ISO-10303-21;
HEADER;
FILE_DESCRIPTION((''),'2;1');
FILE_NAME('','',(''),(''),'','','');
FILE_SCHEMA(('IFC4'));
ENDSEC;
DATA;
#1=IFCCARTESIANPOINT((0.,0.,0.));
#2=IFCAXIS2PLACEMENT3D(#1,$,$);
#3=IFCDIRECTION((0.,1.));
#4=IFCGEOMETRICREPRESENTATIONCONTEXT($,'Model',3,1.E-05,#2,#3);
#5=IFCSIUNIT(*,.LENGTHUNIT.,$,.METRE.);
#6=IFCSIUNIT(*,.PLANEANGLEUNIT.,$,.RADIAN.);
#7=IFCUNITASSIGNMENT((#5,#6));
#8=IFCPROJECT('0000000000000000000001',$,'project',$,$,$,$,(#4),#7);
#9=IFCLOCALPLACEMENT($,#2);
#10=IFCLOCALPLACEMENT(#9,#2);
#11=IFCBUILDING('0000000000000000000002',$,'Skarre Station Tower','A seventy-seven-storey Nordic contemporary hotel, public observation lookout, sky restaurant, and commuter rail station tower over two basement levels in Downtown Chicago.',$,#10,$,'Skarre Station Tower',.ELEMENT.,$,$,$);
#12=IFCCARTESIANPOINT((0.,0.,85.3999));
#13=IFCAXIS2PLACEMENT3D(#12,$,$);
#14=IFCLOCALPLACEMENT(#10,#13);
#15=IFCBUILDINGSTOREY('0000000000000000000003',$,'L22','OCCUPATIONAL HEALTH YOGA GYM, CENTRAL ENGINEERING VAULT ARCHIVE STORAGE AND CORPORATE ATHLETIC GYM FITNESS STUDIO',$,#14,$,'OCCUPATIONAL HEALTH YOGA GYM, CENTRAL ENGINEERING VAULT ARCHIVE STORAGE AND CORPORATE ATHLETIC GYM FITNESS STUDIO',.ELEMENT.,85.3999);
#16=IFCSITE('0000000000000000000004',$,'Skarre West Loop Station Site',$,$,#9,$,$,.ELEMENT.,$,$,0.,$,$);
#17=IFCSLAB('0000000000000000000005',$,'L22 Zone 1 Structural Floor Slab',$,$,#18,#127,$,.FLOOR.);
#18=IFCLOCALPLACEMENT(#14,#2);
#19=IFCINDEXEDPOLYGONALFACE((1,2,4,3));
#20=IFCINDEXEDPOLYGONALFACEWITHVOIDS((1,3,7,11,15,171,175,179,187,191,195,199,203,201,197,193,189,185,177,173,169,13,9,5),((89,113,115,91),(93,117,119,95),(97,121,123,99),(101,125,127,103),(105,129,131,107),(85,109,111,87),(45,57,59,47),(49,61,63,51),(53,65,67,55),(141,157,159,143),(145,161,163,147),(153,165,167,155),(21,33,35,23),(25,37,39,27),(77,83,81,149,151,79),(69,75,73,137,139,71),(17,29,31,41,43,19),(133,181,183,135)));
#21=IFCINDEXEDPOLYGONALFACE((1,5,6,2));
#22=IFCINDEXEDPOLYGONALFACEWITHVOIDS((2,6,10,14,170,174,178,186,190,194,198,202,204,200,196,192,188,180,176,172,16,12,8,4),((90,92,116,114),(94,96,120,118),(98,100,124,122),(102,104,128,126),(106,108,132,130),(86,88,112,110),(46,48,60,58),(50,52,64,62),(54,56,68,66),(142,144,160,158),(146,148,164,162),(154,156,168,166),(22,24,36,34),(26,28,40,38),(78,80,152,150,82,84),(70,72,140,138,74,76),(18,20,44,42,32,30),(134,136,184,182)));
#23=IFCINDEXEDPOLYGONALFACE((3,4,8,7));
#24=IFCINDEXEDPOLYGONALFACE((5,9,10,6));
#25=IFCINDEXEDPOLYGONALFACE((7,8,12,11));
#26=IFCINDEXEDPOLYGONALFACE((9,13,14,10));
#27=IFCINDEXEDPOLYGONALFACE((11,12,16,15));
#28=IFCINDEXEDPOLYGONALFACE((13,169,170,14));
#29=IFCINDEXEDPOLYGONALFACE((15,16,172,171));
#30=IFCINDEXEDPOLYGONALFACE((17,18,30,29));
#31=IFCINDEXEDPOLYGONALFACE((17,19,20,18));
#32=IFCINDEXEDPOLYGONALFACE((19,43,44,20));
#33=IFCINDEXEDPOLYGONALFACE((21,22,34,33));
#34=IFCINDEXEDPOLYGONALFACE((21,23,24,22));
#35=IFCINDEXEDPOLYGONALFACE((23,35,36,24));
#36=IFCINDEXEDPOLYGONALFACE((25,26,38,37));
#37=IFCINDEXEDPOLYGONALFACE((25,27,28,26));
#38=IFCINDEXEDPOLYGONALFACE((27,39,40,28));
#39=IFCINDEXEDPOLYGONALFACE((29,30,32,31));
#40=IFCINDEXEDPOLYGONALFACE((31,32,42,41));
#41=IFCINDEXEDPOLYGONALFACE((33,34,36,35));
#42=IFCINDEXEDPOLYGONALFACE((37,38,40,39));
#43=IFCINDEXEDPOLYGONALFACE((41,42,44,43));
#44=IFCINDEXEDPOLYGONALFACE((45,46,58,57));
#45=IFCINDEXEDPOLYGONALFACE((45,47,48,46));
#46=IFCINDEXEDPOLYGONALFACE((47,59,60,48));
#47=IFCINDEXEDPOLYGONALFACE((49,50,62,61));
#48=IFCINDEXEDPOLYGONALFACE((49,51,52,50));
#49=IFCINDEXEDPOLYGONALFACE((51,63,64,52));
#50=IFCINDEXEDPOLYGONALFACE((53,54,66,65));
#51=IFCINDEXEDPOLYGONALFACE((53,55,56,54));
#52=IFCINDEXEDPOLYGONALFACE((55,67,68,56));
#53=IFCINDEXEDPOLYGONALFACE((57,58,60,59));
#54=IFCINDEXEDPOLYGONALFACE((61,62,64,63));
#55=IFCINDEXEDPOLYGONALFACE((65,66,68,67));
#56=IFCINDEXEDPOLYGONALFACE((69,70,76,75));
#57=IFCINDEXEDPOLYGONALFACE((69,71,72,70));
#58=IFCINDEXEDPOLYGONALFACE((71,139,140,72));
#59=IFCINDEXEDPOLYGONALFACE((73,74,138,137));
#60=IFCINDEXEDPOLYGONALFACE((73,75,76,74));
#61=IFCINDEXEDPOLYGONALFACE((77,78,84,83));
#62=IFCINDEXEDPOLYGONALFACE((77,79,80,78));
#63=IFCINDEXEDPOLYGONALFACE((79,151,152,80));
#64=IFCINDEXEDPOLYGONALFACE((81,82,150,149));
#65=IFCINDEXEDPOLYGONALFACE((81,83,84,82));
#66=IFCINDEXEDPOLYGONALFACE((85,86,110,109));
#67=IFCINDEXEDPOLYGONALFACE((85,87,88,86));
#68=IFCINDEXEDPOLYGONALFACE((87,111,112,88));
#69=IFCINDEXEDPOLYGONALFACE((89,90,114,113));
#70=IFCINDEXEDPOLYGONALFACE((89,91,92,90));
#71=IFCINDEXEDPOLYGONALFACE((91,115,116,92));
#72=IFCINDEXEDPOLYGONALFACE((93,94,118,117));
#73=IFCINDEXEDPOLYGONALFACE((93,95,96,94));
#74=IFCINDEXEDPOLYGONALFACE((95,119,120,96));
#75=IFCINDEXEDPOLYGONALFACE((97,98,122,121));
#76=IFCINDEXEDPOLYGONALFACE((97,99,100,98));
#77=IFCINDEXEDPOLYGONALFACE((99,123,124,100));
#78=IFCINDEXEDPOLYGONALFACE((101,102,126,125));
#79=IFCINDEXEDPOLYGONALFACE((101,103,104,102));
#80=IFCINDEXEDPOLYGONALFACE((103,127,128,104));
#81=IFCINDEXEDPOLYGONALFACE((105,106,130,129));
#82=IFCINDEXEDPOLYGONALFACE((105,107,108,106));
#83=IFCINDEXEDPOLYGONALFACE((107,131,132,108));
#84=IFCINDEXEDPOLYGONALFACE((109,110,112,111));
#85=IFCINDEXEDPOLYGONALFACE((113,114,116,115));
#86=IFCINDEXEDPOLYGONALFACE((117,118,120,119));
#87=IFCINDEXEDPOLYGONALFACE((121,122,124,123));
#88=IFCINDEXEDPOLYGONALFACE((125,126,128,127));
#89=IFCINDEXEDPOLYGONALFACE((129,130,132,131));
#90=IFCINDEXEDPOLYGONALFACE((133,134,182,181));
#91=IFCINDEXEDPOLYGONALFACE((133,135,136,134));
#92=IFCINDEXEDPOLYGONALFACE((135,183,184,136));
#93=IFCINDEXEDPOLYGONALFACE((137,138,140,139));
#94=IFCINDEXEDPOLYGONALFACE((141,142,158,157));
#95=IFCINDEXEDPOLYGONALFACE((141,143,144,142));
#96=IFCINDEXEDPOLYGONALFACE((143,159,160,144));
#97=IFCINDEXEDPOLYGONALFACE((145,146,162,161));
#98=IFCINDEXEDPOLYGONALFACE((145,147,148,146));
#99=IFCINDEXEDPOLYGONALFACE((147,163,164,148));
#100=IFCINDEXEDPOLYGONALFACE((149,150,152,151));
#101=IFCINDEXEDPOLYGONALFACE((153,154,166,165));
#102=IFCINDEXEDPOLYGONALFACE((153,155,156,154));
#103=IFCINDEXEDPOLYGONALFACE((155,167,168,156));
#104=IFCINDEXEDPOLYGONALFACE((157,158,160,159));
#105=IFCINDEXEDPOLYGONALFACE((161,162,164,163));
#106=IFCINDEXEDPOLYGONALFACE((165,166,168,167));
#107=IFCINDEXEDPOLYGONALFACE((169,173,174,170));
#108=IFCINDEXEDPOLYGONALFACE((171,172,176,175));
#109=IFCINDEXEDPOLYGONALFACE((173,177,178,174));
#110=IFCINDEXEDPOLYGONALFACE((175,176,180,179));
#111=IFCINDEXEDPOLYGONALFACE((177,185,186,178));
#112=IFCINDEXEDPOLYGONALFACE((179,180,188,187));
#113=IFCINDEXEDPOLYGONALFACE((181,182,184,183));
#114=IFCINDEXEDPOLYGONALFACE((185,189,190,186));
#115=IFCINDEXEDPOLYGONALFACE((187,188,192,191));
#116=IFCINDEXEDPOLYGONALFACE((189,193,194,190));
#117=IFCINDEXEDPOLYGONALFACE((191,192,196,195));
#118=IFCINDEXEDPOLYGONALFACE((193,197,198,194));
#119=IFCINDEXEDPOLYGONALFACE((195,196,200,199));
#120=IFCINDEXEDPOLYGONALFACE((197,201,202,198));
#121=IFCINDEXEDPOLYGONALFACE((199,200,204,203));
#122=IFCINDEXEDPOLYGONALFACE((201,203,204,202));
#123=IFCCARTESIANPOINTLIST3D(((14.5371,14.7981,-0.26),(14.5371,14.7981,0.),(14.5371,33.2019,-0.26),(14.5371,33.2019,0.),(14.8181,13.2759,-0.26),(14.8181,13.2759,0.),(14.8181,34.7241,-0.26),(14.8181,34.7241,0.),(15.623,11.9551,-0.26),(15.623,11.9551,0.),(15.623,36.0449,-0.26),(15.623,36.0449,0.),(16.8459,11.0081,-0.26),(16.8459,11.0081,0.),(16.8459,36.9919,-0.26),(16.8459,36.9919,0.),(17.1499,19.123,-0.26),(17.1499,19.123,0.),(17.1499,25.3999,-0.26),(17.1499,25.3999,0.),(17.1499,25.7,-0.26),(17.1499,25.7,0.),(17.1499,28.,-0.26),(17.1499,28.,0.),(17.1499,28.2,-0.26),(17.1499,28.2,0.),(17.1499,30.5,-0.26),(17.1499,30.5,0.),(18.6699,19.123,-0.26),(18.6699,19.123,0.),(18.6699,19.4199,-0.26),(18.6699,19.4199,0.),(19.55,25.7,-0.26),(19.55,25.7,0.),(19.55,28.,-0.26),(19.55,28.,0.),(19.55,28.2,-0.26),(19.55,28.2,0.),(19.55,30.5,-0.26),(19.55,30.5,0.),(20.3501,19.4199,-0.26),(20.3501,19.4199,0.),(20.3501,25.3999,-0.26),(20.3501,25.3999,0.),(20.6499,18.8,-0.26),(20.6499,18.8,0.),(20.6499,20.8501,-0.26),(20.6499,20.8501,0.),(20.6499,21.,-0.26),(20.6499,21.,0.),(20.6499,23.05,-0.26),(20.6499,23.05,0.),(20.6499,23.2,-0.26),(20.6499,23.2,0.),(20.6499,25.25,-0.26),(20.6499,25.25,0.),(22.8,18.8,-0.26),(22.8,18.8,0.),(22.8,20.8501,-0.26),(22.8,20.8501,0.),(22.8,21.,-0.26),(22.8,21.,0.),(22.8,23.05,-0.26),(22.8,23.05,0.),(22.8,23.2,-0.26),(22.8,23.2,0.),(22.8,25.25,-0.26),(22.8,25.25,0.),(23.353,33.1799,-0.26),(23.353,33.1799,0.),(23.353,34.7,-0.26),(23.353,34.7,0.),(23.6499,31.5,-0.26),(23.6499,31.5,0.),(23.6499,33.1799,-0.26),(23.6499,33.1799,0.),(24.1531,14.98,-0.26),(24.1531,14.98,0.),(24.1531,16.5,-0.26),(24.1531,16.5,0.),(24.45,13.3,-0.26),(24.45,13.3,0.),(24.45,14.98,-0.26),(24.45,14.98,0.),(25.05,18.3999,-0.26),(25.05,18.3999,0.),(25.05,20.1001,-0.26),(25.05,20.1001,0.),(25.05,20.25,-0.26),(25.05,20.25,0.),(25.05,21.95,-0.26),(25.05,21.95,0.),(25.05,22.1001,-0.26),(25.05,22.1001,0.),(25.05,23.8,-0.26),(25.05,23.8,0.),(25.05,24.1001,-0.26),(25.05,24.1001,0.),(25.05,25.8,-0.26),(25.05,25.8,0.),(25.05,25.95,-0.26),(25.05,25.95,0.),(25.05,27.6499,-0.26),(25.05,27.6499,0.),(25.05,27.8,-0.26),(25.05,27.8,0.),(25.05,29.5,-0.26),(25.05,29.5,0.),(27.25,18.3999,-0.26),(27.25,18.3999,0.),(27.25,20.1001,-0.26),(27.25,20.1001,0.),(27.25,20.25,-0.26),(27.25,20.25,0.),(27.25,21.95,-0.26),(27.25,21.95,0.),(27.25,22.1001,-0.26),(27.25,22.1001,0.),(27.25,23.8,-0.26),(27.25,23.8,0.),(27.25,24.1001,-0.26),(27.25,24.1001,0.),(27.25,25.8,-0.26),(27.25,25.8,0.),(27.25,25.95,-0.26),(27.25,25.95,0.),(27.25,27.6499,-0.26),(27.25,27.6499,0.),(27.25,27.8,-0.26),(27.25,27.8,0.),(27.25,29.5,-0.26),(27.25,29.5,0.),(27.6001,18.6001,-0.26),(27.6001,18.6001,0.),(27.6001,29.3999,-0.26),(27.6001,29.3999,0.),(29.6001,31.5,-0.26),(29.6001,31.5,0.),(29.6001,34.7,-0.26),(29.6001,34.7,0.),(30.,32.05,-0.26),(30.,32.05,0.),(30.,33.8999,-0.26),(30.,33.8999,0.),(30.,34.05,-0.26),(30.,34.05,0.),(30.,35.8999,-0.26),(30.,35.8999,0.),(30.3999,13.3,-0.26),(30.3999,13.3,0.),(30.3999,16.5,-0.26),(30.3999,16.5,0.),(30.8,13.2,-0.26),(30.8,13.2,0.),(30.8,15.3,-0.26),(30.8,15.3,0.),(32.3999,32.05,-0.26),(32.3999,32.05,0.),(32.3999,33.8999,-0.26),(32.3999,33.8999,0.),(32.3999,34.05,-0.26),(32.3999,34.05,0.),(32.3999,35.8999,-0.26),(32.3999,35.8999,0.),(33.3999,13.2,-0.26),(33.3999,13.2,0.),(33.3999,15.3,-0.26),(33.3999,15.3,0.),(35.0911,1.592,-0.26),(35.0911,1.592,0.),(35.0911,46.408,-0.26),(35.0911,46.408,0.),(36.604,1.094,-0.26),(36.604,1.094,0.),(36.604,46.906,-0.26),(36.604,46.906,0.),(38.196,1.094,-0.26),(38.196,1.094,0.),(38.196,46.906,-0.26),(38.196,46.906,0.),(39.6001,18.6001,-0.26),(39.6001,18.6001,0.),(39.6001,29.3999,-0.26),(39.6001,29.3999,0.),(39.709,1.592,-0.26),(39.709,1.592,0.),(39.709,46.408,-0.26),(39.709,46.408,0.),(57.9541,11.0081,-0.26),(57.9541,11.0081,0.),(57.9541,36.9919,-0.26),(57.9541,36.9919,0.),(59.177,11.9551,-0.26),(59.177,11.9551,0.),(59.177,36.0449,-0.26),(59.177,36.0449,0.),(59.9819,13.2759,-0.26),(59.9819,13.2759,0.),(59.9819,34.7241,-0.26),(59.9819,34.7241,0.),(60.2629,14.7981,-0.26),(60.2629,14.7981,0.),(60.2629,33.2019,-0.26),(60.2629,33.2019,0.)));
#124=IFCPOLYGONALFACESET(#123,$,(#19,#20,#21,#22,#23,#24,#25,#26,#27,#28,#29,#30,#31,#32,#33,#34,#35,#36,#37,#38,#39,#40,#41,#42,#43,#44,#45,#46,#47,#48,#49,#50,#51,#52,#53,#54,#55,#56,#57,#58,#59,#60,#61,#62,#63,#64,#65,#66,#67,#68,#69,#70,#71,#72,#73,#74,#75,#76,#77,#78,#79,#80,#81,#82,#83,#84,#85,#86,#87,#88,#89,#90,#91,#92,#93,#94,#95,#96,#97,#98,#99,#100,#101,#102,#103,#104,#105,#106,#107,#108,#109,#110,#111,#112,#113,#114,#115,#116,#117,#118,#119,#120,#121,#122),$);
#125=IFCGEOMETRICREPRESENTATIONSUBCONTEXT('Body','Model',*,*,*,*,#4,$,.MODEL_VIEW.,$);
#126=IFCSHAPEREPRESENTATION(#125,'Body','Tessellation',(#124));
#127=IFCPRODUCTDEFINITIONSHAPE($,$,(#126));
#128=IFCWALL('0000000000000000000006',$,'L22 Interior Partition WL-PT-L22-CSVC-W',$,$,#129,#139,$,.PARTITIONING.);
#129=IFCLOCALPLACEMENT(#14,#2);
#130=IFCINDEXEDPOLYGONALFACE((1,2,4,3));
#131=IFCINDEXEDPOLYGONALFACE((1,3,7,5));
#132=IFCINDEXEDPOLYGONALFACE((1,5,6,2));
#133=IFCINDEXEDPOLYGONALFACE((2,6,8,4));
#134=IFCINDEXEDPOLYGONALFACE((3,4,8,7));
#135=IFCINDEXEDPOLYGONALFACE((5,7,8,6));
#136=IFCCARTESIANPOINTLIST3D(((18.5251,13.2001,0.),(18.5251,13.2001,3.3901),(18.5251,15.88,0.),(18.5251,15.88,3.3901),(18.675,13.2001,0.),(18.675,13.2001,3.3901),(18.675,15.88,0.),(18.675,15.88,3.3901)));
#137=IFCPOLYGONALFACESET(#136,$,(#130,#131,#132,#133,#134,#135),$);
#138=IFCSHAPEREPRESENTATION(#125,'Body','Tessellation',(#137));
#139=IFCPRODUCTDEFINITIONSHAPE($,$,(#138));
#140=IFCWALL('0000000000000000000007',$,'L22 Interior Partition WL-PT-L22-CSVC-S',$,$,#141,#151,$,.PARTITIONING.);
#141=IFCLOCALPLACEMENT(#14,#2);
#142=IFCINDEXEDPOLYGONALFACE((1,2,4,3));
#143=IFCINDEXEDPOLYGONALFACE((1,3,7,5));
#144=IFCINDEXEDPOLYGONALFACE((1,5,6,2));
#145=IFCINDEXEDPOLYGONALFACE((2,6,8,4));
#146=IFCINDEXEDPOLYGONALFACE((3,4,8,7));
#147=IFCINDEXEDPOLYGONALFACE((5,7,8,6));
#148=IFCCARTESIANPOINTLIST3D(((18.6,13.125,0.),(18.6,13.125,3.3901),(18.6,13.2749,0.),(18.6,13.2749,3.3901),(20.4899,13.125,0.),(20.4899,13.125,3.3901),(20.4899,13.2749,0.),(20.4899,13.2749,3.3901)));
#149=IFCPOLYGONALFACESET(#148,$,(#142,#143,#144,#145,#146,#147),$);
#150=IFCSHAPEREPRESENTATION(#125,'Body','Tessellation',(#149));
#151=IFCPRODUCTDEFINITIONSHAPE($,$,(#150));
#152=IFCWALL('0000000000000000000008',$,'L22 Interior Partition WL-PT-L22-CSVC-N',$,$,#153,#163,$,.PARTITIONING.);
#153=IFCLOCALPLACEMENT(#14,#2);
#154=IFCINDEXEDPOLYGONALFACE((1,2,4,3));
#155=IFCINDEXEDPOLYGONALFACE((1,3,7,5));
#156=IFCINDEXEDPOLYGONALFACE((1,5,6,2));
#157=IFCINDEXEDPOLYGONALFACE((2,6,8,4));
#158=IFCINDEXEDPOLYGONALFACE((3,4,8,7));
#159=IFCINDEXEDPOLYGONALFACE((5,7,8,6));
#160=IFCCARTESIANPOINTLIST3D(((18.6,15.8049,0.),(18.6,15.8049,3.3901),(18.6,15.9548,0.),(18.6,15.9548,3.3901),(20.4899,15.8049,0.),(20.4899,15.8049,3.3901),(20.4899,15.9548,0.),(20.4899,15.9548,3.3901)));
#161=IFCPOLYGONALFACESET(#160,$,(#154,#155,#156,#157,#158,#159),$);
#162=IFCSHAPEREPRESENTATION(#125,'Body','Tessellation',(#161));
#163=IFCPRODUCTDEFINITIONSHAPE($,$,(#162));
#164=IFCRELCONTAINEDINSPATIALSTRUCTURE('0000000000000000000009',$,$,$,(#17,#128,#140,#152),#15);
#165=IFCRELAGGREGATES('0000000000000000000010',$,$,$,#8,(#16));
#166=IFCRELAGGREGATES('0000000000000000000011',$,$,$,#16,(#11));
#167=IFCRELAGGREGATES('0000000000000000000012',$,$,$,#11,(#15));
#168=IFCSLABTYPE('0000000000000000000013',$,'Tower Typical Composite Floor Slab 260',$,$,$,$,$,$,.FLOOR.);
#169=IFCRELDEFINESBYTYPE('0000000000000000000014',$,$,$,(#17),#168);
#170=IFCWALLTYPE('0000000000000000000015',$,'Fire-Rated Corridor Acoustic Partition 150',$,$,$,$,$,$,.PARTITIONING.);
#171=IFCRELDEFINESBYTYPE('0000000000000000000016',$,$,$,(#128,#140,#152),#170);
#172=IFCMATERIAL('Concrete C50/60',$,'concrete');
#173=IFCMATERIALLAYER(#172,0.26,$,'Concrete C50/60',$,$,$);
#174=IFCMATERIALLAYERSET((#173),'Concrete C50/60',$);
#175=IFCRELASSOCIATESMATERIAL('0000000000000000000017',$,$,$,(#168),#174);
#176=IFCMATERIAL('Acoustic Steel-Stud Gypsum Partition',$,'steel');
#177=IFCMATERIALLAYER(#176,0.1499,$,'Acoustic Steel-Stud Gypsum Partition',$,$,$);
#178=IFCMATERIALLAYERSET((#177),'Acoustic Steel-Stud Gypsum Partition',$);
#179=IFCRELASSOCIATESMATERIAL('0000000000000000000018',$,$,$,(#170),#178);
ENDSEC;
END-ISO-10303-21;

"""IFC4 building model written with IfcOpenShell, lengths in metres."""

from ifc_helpers import new_model, si_unit, direction, frame, frame_2d, origin, place, context, subcontext, project, spatial, polyline, rectangle, outline, extrude, material, layer, layer_set, type_object, element, save


model = new_model("IFC4")

# Units and contexts
model_context = context("Model", 3, precision=1e-05, world=origin(), true_north=direction((0.0, 1.0)))
body_context = subcontext(model_context, "Body", "Model", "MODEL_VIEW")
ifc_project = project(units=[si_unit("LENGTHUNIT", "METRE"), si_unit("PLANEANGLEUNIT", "RADIAN")], contexts=[model_context])

# Site, building, storey
site_placement = place(None, origin())
site = spatial("IfcSite", under=ifc_project, at=site_placement, Name="Skarre West Loop Station Site", CompositionType="ELEMENT", RefElevation=0.0)
building_placement = place(site_placement, origin())
building = spatial("IfcBuilding", under=site, at=building_placement, Name="Skarre Station Tower", Description="A seventy-seven-storey Nordic contemporary hotel, public observation lookout, sky restaurant, and commuter rail station tower over two basement levels in Downtown Chicago.", LongName="Skarre Station Tower", CompositionType="ELEMENT")
storey_placement = place(building_placement, frame((0.0, 0.0, 85.3999)))
storey = spatial("IfcBuildingStorey", under=building, at=storey_placement, Name="L22", Description="OCCUPATIONAL HEALTH YOGA GYM, CENTRAL ENGINEERING VAULT ARCHIVE STORAGE AND CORPORATE ATHLETIC GYM FITNESS STUDIO", LongName="OCCUPATIONAL HEALTH YOGA GYM, CENTRAL ENGINEERING VAULT ARCHIVE STORAGE AND CORPORATE ATHLETIC GYM FITNESS STUDIO", CompositionType="ELEMENT", Elevation=85.3999)

# Slab
ifc_material_1 = material(Name="Concrete C50/60", Category="concrete")
ifc_layer_1 = layer(ifc_material_1, 0.26, Name="Concrete C50/60")
ifc_layer_set_1 = layer_set([ifc_layer_1], Name="Concrete C50/60")
slab_type_1 = type_object("IfcSlabType", Name="Tower Typical Composite Floor Slab 260", PredefinedType="FLOOR", material=ifc_layer_set_1)
slab_1_placement = place(storey_placement, frame((0.0, 0.0, -0.26)))
element("IfcSlab", 1, at=slab_1_placement, inside=storey, type_object=slab_type_1, Name="L22 Zone 1 Structural Floor Slab", PredefinedType="FLOOR", context=body_context, shape_type="SweptSolid", body=[
    extrude(outline(polyline([(60.2629, 33.2019), (59.9819, 34.7241), (59.177, 36.0449), (57.9541, 36.9919), (39.709, 46.408), (38.196, 46.906), (36.604, 46.906), (35.0911, 46.408), (16.8459, 36.9919), (15.623, 36.0449), (14.8181, 34.7241), (14.5371, 33.2019), (14.5371, 14.7981), (14.8181, 13.2759), (15.623, 11.9551), (16.8459, 11.0081), (35.0911, 1.592), (36.604, 1.094), (38.196, 1.094), (39.709, 1.592), (57.9541, 11.0081), (59.177, 11.9551), (59.9819, 13.2759), (60.2629, 14.7981), (60.2629, 33.2019)]), holes=[polyline([(18.6699, 19.4199), (18.6699, 19.123), (17.1499, 19.123), (17.1499, 25.3999), (20.3501, 25.3999), (20.3501, 19.4199), (18.6699, 19.4199)]), polyline([(24.45, 14.98), (24.1531, 14.98), (24.1531, 16.5), (30.3999, 16.5), (30.3999, 13.3), (24.45, 13.3), (24.45, 14.98)]), polyline([(23.6499, 33.1799), (23.353, 33.1799), (23.353, 34.7), (29.6001, 34.7), (29.6001, 31.5), (23.6499, 31.5), (23.6499, 33.1799)]), polyline([(17.1499, 28.0), (19.55, 28.0), (19.55, 25.7), (17.1499, 25.7), (17.1499, 28.0)]), polyline([(17.1499, 30.5), (19.55, 30.5), (19.55, 28.2), (17.1499, 28.2), (17.1499, 30.5)]), polyline([(30.8, 15.3), (33.3999, 15.3), (33.3999, 13.2), (30.8, 13.2), (30.8, 15.3)]), polyline([(25.05, 20.1001), (27.25, 20.1001), (27.25, 18.3999), (25.05, 18.3999), (25.05, 20.1001)]), polyline([(25.05, 21.95), (27.25, 21.95), (27.25, 20.25), (25.05, 20.25), (25.05, 21.95)]), polyline([(25.05, 23.8), (27.25, 23.8), (27.25, 22.1001), (25.05, 22.1001), (25.05, 23.8)]), polyline([(25.05, 25.8), (27.25, 25.8), (27.25, 24.1001), (25.05, 24.1001), (25.05, 25.8)]), polyline([(25.05, 27.6499), (27.25, 27.6499), (27.25, 25.95), (25.05, 25.95), (25.05, 27.6499)]), polyline([(25.05, 29.5), (27.25, 29.5), (27.25, 27.8), (25.05, 27.8), (25.05, 29.5)]), polyline([(20.6499, 20.8501), (22.8, 20.8501), (22.8, 18.8), (20.6499, 18.8), (20.6499, 20.8501)]), polyline([(20.6499, 23.05), (22.8, 23.05), (22.8, 21.0), (20.6499, 21.0), (20.6499, 23.05)]), polyline([(20.6499, 25.25), (22.8, 25.25), (22.8, 23.2), (20.6499, 23.2), (20.6499, 25.25)]), polyline([(30.0, 33.8999), (32.3999, 33.8999), (32.3999, 32.05), (30.0, 32.05), (30.0, 33.8999)]), polyline([(30.0, 35.8999), (32.3999, 35.8999), (32.3999, 34.05), (30.0, 34.05), (30.0, 35.8999)]), polyline([(27.6001, 29.3999), (39.6001, 29.3999), (39.6001, 18.6001), (27.6001, 18.6001), (27.6001, 29.3999)])]), origin(), (0.0, 0.0, 1.0), 0.26),
])

# Walls
ifc_material_2 = material(Name="Acoustic Steel-Stud Gypsum Partition", Category="steel")
ifc_layer_2 = layer(ifc_material_2, 0.1499, Name="Acoustic Steel-Stud Gypsum Partition")
ifc_layer_set_2 = layer_set([ifc_layer_2], Name="Acoustic Steel-Stud Gypsum Partition")
wall_type_1 = type_object("IfcWallType", Name="Fire-Rated Corridor Acoustic Partition 150", PredefinedType="PARTITIONING", material=ifc_layer_set_2)
wall_1_placement = place(storey_placement, frame((18.6001, 15.8799, 0.0), z_axis=(0.0, 0.0, 1.0), x_axis=(0.0, -1.0, 0.0)))
element("IfcWall", 2, at=wall_1_placement, inside=storey, type_object=wall_type_1, Name="L22 Interior Partition WL-PT-L22-CSVC-W", PredefinedType="PARTITIONING", context=body_context, shape_type="SweptSolid", body=[
    extrude(rectangle(XDim=2.6799, YDim=0.1499, at=frame_2d((1.3398, 0.0))), origin(), (0.0, 0.0, 1.0), 3.3901),
])
for number, where, z_axis, x_axis, name in (
    (3, (18.6001, 13.2, 0.0), (0.0, 0.0, 1.0), (1.0, 0.0, 0.0), "L22 Interior Partition WL-PT-L22-CSVC-S"),
    (4, (18.6001, 15.8799, 0.0), (0.0, 0.0, 1.0), (1.0, 0.0, 0.0), "L22 Interior Partition WL-PT-L22-CSVC-N"),
):
    element("IfcWall", number, at=place(storey_placement, frame(where, z_axis=z_axis, x_axis=x_axis)), inside=storey, type_object=wall_type_1, Name=name, PredefinedType="PARTITIONING", context=body_context, shape_type="SweptSolid", body=[
        extrude(rectangle(XDim=1.8899, YDim=0.1499, at=frame_2d((0.9448, 0.0))), origin(), (0.0, 0.0, 1.0), 3.3901),
    ])

save(model, "model.ifc")
